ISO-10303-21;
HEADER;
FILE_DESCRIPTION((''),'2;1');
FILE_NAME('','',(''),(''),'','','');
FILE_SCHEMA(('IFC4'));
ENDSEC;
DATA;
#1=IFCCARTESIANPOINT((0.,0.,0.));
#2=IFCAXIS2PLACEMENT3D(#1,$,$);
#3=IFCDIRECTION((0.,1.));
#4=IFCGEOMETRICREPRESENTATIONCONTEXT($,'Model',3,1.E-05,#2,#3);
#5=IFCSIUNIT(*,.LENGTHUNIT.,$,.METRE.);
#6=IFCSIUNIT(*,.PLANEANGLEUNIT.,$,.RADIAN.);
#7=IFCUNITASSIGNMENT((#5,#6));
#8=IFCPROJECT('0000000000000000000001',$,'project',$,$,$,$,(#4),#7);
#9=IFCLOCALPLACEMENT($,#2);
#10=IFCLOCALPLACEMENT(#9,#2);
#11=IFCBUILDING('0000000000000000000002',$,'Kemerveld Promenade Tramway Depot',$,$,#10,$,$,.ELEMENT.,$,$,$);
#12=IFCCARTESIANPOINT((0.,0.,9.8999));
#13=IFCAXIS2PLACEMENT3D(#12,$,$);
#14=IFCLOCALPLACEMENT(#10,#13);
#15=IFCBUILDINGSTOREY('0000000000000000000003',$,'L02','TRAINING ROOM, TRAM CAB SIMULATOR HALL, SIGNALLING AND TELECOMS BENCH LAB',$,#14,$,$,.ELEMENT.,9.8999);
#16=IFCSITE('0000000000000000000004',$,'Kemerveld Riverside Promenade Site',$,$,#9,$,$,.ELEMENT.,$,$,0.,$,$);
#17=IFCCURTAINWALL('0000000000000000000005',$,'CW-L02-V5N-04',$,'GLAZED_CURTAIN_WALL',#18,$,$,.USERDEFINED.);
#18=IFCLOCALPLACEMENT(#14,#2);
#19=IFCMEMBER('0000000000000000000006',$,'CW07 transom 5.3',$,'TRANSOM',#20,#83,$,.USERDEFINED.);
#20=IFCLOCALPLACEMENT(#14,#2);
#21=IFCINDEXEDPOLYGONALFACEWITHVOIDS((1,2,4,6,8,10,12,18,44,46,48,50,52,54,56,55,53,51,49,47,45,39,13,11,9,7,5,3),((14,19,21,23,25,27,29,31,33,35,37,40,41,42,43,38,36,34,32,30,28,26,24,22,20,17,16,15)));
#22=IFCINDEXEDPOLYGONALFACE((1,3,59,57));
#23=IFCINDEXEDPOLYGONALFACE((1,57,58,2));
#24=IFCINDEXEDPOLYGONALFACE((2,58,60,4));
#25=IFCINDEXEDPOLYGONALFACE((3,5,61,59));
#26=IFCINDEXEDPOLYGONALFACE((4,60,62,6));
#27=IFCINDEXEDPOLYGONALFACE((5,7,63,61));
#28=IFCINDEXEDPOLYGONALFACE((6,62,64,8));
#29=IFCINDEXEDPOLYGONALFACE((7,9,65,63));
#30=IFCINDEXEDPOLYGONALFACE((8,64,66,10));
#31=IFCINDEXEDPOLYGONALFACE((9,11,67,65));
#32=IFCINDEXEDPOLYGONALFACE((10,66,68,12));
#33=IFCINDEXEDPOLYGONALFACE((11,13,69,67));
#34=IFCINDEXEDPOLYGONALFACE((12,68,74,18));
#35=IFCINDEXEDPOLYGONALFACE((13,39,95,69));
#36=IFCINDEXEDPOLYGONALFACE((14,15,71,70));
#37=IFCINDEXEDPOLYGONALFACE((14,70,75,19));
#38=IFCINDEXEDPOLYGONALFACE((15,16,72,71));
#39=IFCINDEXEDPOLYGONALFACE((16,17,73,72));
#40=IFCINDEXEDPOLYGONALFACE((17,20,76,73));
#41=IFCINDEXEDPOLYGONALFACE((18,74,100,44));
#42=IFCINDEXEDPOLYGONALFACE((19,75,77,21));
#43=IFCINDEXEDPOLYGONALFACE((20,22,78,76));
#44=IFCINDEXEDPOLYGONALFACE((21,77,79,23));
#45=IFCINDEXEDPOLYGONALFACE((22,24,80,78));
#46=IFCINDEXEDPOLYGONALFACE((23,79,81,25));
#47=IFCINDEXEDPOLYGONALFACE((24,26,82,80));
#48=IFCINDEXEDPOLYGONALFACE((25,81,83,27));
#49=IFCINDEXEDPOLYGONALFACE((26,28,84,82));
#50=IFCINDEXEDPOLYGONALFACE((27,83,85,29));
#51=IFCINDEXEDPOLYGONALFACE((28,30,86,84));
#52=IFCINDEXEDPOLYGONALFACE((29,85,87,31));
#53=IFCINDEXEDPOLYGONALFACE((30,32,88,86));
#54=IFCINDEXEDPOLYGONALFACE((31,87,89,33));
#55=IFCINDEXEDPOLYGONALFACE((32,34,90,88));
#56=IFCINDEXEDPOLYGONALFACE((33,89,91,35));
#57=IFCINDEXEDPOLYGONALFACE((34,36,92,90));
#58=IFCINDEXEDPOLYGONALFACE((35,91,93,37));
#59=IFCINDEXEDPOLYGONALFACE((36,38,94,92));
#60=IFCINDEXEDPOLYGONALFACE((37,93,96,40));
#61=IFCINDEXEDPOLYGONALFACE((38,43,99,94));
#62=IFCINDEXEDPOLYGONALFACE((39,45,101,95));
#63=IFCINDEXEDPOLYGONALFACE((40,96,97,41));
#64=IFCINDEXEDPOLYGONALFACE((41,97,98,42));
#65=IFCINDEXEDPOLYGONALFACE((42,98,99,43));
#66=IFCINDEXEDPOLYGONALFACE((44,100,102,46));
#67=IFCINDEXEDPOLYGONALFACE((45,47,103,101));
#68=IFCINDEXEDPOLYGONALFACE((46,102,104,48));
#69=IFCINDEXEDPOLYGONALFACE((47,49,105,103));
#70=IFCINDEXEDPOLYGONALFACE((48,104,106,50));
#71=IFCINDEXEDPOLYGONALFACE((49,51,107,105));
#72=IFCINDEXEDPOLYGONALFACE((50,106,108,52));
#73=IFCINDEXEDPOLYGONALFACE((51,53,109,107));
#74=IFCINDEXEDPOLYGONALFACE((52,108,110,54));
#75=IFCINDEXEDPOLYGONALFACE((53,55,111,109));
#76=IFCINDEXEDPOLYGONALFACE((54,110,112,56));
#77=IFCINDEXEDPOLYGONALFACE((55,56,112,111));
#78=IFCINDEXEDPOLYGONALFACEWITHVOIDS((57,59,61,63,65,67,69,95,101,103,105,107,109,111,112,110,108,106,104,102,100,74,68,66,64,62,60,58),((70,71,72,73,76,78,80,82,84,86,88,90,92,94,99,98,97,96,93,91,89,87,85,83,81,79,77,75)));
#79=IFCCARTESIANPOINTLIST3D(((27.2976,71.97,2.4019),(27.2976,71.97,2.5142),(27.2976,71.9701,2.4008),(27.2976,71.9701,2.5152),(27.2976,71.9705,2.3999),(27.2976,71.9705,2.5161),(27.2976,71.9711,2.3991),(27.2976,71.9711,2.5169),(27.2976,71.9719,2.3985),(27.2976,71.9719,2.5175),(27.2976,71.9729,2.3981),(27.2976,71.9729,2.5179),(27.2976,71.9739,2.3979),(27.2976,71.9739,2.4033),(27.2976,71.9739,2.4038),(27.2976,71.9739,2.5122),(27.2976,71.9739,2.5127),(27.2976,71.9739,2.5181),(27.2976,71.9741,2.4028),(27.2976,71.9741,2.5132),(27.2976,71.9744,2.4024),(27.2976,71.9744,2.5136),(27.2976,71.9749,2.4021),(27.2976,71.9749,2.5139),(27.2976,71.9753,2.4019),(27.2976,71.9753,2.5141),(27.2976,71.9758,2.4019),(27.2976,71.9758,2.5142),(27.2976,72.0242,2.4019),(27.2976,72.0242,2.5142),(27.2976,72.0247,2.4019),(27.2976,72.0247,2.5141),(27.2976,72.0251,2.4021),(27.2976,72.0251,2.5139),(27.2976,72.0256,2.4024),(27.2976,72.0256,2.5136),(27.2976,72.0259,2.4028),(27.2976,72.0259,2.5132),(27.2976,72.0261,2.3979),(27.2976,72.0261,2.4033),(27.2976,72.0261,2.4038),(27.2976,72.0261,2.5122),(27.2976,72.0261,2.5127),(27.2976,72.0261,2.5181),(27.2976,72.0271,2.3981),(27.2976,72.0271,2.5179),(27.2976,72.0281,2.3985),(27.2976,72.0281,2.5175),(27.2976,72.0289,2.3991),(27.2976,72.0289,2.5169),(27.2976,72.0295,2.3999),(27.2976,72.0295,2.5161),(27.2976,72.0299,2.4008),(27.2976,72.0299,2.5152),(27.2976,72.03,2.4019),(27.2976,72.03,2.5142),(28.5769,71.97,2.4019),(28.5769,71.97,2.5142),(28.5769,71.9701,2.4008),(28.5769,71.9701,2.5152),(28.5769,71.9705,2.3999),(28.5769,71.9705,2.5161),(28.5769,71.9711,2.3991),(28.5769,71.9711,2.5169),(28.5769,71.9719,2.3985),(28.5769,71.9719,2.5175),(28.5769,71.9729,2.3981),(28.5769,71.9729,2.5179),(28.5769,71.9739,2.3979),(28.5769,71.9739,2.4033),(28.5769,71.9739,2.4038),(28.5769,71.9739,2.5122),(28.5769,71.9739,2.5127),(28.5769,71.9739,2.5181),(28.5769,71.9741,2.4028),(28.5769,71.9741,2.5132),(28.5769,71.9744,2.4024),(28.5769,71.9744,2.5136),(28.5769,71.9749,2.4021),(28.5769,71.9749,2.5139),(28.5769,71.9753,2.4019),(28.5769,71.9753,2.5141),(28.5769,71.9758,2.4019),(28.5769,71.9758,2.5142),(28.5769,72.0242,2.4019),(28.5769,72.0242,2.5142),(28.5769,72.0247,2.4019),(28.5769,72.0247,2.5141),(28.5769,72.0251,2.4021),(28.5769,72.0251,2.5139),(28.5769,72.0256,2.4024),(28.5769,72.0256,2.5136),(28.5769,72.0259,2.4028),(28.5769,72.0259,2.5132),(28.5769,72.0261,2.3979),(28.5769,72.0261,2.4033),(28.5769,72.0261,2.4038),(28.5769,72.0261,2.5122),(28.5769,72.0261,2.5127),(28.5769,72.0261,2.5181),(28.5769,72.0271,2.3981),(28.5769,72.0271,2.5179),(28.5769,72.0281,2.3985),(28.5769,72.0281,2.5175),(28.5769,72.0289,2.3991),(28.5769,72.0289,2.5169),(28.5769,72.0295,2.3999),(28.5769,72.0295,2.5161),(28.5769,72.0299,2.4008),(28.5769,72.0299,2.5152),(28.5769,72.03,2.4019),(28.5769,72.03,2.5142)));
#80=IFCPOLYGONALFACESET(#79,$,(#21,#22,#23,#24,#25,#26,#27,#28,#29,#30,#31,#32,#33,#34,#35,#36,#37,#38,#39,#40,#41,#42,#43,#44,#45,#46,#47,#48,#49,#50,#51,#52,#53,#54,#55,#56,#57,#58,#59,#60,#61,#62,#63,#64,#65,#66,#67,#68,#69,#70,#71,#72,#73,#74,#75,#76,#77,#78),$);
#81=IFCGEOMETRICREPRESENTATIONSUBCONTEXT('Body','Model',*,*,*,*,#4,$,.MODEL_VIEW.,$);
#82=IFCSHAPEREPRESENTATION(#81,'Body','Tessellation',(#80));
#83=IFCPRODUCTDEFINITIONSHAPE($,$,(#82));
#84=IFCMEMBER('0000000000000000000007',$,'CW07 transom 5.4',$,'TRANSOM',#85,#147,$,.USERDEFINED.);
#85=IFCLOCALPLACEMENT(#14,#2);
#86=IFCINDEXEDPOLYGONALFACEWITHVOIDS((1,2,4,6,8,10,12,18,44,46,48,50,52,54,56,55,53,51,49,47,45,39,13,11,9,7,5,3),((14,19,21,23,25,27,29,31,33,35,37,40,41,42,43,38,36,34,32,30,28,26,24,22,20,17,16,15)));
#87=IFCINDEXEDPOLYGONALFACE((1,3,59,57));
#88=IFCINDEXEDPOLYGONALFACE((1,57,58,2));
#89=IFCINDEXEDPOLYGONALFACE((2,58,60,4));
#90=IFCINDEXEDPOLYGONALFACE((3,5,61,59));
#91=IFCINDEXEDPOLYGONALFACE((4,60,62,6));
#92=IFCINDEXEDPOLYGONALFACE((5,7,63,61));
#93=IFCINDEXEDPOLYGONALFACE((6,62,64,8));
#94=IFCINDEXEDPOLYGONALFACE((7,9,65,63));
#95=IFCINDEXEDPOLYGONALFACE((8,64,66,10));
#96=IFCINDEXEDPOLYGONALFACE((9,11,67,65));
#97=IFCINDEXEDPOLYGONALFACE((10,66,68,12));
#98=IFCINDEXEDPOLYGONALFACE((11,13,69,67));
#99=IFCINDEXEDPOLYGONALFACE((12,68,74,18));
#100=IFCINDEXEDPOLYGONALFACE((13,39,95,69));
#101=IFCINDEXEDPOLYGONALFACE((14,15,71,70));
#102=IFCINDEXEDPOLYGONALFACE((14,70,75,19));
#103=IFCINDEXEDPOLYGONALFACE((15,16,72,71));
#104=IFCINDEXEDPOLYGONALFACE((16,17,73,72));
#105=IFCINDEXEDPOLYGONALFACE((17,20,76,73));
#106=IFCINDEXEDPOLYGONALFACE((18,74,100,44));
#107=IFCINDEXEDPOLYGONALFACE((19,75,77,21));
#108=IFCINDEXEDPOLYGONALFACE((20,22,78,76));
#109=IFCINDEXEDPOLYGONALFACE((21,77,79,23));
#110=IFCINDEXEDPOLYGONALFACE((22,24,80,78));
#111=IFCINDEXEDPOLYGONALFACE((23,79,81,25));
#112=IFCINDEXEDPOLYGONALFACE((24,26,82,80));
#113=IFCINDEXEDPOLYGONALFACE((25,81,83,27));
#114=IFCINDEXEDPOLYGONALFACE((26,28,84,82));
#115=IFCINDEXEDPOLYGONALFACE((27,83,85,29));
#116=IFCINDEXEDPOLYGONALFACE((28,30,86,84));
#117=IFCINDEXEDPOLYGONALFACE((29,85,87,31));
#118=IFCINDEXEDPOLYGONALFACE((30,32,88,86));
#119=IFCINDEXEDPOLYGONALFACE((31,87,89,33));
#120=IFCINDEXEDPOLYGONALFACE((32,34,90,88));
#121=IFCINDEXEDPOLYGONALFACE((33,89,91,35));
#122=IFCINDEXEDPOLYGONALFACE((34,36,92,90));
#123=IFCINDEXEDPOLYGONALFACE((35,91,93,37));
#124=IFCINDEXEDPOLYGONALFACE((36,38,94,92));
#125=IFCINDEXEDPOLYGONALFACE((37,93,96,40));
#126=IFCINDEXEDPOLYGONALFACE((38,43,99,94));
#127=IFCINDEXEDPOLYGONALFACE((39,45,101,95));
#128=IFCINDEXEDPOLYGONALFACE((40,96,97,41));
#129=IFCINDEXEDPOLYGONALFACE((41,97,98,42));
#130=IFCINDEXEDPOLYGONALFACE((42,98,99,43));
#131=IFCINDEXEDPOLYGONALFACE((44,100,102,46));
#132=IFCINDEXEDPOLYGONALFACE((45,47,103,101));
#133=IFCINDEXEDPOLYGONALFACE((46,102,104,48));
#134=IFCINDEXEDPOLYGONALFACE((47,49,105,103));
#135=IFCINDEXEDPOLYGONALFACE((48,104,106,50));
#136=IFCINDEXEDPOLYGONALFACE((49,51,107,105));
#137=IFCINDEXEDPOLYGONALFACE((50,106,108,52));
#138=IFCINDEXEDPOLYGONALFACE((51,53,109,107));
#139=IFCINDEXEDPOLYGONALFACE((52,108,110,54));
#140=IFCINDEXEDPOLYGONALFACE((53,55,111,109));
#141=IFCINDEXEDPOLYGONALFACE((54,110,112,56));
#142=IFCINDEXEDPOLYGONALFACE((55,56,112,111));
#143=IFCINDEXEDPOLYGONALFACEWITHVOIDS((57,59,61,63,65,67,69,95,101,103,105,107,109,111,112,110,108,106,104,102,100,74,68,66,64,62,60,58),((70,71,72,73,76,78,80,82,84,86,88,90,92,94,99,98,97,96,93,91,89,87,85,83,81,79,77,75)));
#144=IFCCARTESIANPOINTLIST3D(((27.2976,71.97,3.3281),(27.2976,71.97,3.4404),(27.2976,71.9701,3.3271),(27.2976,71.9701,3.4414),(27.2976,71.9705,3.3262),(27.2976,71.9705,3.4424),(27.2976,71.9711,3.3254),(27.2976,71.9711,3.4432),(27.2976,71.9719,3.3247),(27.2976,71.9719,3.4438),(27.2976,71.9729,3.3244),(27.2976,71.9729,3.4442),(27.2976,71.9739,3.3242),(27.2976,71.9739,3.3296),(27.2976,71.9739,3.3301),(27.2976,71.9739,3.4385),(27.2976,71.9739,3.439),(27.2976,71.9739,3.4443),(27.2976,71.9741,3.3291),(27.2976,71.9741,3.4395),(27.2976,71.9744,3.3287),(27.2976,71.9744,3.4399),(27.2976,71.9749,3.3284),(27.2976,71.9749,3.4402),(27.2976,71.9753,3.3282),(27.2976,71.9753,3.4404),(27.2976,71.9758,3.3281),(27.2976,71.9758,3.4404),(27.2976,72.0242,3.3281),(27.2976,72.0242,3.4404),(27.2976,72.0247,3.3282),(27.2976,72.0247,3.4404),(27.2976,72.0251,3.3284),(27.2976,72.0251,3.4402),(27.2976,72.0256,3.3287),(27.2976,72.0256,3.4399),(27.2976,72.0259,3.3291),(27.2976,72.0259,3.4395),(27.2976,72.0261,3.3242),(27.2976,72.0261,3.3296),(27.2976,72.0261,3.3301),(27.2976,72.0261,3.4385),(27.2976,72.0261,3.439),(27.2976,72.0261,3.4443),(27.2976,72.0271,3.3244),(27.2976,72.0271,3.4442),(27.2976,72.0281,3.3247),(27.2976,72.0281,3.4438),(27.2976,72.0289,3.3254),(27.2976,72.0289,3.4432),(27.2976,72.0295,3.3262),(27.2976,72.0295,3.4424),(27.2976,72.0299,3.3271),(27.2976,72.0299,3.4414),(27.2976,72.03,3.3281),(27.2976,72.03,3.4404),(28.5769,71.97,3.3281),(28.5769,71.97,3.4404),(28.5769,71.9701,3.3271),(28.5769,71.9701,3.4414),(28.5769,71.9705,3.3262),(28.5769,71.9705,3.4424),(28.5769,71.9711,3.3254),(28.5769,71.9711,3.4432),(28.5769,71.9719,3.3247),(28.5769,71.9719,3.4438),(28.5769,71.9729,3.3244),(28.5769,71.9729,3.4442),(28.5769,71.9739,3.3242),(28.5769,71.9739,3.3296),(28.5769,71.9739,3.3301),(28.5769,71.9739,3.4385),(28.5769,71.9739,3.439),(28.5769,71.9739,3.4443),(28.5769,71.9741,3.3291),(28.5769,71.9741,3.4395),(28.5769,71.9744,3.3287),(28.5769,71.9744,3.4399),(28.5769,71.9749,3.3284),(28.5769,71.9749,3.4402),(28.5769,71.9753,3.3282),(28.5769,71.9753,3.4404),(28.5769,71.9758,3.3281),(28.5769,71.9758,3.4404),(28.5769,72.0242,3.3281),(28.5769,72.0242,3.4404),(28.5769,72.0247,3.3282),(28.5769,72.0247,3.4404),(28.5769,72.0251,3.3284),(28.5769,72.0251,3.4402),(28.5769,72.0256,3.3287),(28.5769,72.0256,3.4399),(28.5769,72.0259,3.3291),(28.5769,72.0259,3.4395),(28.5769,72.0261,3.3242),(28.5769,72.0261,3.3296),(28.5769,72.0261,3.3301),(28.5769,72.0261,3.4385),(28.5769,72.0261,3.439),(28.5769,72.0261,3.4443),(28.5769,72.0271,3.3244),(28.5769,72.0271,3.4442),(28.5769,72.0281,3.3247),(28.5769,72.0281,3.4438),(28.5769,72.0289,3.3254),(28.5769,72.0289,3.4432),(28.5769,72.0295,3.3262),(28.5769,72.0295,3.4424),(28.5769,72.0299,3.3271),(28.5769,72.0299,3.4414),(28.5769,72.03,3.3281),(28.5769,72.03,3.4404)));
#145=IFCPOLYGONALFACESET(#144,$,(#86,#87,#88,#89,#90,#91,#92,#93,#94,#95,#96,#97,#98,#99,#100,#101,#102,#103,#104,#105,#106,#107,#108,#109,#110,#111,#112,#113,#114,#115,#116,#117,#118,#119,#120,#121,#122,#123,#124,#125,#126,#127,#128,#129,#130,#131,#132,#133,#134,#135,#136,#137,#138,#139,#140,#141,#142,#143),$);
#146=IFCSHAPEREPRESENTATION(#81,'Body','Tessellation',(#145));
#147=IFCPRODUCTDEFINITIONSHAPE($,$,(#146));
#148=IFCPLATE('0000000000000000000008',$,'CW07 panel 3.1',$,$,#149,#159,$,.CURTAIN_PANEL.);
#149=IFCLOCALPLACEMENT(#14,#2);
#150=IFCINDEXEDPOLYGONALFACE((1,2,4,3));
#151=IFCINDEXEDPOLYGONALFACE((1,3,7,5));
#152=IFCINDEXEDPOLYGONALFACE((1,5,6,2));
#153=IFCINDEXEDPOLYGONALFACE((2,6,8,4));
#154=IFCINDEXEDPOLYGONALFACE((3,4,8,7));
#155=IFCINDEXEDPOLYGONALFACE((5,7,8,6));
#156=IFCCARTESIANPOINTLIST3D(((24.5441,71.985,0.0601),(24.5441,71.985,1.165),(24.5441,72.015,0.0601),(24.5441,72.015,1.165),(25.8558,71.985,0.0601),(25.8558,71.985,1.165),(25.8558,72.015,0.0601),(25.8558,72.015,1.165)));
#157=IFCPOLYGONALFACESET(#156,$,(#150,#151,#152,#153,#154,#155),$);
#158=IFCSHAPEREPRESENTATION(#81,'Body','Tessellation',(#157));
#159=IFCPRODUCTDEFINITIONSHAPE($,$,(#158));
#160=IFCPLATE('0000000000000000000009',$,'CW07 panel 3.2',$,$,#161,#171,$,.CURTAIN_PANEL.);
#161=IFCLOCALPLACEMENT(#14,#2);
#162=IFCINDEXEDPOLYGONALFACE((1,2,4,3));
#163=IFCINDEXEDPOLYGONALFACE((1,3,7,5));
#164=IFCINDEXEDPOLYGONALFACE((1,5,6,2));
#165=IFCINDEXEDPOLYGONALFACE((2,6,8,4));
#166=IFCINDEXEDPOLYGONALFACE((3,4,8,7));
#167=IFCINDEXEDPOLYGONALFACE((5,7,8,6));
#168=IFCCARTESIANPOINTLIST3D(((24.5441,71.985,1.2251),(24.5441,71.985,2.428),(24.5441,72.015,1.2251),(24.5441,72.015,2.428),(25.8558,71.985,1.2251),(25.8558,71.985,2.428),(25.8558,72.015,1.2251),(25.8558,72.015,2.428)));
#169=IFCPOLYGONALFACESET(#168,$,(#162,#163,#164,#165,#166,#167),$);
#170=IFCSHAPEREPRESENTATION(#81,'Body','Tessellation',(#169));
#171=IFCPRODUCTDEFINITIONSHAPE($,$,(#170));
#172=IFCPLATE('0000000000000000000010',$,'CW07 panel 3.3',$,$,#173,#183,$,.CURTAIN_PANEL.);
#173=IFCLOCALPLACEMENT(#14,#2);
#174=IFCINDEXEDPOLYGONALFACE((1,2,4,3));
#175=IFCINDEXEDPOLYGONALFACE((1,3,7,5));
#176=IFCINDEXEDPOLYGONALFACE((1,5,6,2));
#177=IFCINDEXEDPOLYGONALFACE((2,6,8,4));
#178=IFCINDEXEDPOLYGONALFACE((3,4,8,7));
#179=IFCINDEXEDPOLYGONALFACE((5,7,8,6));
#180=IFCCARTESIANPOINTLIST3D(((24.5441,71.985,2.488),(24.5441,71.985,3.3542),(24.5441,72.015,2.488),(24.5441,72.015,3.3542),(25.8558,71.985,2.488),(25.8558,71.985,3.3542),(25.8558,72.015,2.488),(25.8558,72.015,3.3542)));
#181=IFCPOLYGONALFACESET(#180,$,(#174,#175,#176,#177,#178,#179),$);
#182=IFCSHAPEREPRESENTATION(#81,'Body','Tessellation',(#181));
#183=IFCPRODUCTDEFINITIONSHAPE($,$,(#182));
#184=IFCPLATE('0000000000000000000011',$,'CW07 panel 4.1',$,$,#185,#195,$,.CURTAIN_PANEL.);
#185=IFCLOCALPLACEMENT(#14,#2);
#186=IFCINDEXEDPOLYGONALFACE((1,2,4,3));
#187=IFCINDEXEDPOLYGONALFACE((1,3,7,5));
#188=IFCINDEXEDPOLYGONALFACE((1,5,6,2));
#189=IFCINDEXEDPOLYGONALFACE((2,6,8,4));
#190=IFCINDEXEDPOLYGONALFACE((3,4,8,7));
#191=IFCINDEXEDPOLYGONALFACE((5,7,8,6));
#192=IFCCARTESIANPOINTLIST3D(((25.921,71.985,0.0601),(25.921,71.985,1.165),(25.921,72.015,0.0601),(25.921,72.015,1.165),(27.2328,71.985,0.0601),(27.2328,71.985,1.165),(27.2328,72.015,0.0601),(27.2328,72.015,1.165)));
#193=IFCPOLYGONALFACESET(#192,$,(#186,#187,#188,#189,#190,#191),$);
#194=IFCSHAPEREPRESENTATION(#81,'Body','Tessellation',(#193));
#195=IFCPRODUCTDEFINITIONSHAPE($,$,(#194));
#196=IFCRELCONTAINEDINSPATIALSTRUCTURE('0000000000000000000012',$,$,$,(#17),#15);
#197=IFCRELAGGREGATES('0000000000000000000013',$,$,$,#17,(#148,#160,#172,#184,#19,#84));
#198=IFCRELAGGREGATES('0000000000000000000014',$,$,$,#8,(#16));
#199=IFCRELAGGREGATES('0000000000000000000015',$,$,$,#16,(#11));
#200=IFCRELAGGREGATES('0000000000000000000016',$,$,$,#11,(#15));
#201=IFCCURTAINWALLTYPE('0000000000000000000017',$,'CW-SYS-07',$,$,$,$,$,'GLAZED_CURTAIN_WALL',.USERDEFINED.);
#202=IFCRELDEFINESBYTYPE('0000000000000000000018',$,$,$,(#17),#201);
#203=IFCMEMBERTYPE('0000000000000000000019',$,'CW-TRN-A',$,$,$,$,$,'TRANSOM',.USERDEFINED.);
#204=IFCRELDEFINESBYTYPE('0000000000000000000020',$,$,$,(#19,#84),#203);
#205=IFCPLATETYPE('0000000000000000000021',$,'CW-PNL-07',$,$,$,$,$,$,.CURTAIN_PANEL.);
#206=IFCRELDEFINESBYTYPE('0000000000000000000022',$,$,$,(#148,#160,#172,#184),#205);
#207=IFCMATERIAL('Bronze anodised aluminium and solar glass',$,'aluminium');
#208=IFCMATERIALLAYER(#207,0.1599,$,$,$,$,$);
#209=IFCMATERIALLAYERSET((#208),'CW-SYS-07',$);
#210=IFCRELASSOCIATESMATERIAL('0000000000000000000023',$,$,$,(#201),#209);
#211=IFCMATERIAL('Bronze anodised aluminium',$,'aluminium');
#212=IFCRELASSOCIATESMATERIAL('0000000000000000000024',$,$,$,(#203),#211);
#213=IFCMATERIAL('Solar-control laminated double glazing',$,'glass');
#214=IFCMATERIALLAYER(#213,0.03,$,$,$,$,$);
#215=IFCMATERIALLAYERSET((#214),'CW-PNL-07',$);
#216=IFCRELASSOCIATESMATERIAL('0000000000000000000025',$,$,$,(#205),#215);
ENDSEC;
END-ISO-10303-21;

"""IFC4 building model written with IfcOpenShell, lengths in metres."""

from ifc_helpers import new_model, si_unit, direction, frame, origin, origin_2d, place, context, subcontext, project, spatial, rectangle, hollow_rectangle, extrude, material, layer, layer_set, material_profile, profile_set, type_object, element, aggregate, save


model = new_model("IFC4")

# Units and contexts
model_context = context("Model", 3, precision=1e-05, world=origin(), true_north=direction((0.0, 1.0)))
body_context = subcontext(model_context, "Body", "Model", "MODEL_VIEW")
ifc_project = project(units=[si_unit("LENGTHUNIT", "METRE"), si_unit("PLANEANGLEUNIT", "RADIAN")], contexts=[model_context])

# Site, building, storey
site_placement = place(None, origin())
site = spatial("IfcSite", under=ifc_project, at=site_placement, Name="Kemerveld Riverside Promenade Site", CompositionType="ELEMENT", RefElevation=0.0)
building_placement = place(site_placement, origin())
building = spatial("IfcBuilding", under=site, at=building_placement, Name="Kemerveld Promenade Tramway Depot", CompositionType="ELEMENT")
storey_placement = place(building_placement, frame((0.0, 0.0, 9.8999)))
storey = spatial("IfcBuildingStorey", under=building, at=storey_placement, Name="L02", Description="TRAINING ROOM, TRAM CAB SIMULATOR HALL, SIGNALLING AND TELECOMS BENCH LAB", CompositionType="ELEMENT", Elevation=9.8999)

# Curtain wall, members, plates
ifc_material_1 = material(Name="Bronze anodised aluminium and solar glass", Category="aluminium")
ifc_layer_1 = layer(ifc_material_1, 0.1599)
ifc_layer_set_1 = layer_set([ifc_layer_1], Name="CW-SYS-07")
curtain_wall_type = type_object("IfcCurtainWallType", Name="CW-SYS-07", ElementType="GLAZED_CURTAIN_WALL", PredefinedType="USERDEFINED", material=ifc_layer_set_1)
curtain_wall_placement = place(storey_placement, origin())
curtain_wall = element("IfcCurtainWall", 1, at=curtain_wall_placement, inside=storey, type_object=curtain_wall_type, Name="CW-L02-V5N-04", ObjectType="GLAZED_CURTAIN_WALL", PredefinedType="USERDEFINED")
ifc_material_2 = material(Name="Bronze anodised aluminium", Category="aluminium")
ifc_material_profile_1 = material_profile(ifc_material_2, hollow_rectangle(XDim=0.0601, YDim=0.1201, WallThickness=0.0039, InnerFilletRadius=0.002, OuterFilletRadius=0.0039, at=origin_2d()), Name="CW-TRN-120x60")
ifc_profile_set_1 = profile_set([ifc_material_profile_1], Name="Bronze anodised aluminium")
member_type_1 = type_object("IfcMemberType", Name="CW-TRN-A", ElementType="TRANSOM", PredefinedType="USERDEFINED", material=ifc_profile_set_1)
member_1_placement = place(storey_placement, frame((27.2976, 72.0, 2.458), z_axis=(1.0, 0.0, 0.0), x_axis=(0.0, 1.0, 0.0)))
member_1 = element("IfcMember", 2, at=member_1_placement, type_object=member_type_1, Name="CW07 transom 5.3", ObjectType="TRANSOM", PredefinedType="USERDEFINED", context=body_context, shape_type="SweptSolid", body=[
    extrude(hollow_rectangle(XDim=0.0601, YDim=0.1201, WallThickness=0.0039, InnerFilletRadius=0.002, OuterFilletRadius=0.0039, at=origin_2d()), origin(), (0.0, 0.0, 1.0), 1.2793),
])
member_2_placement = place(storey_placement, frame((27.2976, 72.0, 3.3843), z_axis=(1.0, 0.0, 0.0), x_axis=(0.0, 1.0, 0.0)))
member_2 = element("IfcMember", 3, at=member_2_placement, type_object=member_type_1, Name="CW07 transom 5.4", ObjectType="TRANSOM", PredefinedType="USERDEFINED", context=body_context, shape_type="SweptSolid", body=[
    extrude(hollow_rectangle(XDim=0.0601, YDim=0.1201, WallThickness=0.0039, InnerFilletRadius=0.002, OuterFilletRadius=0.0039, at=origin_2d()), origin(), (0.0, 0.0, 1.0), 1.2793),
])
ifc_material_3 = material(Name="Solar-control laminated double glazing", Category="glass")
ifc_layer_2 = layer(ifc_material_3, 0.03)
ifc_layer_set_2 = layer_set([ifc_layer_2], Name="CW-PNL-07")
plate_type = type_object("IfcPlateType", Name="CW-PNL-07", PredefinedType="CURTAIN_PANEL", material=ifc_layer_set_2)
plate_1_placement = place(storey_placement, frame((25.2, 72.0, 0.0601), z_axis=(0.0, 0.0, 1.0), x_axis=(1.0, 0.0, 0.0)))
plate_1 = element("IfcPlate", 4, at=plate_1_placement, type_object=plate_type, Name="CW07 panel 3.1", PredefinedType="CURTAIN_PANEL", context=body_context, shape_type="SweptSolid", body=[
    extrude(rectangle(XDim=1.3118, YDim=0.03, at=origin_2d()), origin(), (0.0, 0.0, 1.0), 1.105),
])
plate_2_placement = place(storey_placement, frame((25.2, 72.0, 1.2251), z_axis=(0.0, 0.0, 1.0), x_axis=(1.0, 0.0, 0.0)))
plate_2 = element("IfcPlate", 5, at=plate_2_placement, type_object=plate_type, Name="CW07 panel 3.2", PredefinedType="CURTAIN_PANEL", context=body_context, shape_type="SweptSolid", body=[
    extrude(rectangle(XDim=1.3118, YDim=0.03, at=origin_2d()), origin(), (0.0, 0.0, 1.0), 1.2029),
])
plate_3_placement = place(storey_placement, frame((25.2, 72.0, 2.488), z_axis=(0.0, 0.0, 1.0), x_axis=(1.0, 0.0, 0.0)))
plate_3 = element("IfcPlate", 6, at=plate_3_placement, type_object=plate_type, Name="CW07 panel 3.3", PredefinedType="CURTAIN_PANEL", context=body_context, shape_type="SweptSolid", body=[
    extrude(rectangle(XDim=1.3118, YDim=0.03, at=origin_2d()), origin(), (0.0, 0.0, 1.0), 0.8662),
])
plate_4_placement = place(storey_placement, frame((26.5769, 72.0, 0.0601), z_axis=(0.0, 0.0, 1.0), x_axis=(1.0, 0.0, 0.0)))
plate_4 = element("IfcPlate", 7, at=plate_4_placement, type_object=plate_type, Name="CW07 panel 4.1", PredefinedType="CURTAIN_PANEL", context=body_context, shape_type="SweptSolid", body=[
    extrude(rectangle(XDim=1.3118, YDim=0.03, at=origin_2d()), origin(), (0.0, 0.0, 1.0), 1.105),
])
aggregate(curtain_wall, [plate_1, plate_2, plate_3, plate_4, member_1, member_2])

save(model, "model.ifc")
